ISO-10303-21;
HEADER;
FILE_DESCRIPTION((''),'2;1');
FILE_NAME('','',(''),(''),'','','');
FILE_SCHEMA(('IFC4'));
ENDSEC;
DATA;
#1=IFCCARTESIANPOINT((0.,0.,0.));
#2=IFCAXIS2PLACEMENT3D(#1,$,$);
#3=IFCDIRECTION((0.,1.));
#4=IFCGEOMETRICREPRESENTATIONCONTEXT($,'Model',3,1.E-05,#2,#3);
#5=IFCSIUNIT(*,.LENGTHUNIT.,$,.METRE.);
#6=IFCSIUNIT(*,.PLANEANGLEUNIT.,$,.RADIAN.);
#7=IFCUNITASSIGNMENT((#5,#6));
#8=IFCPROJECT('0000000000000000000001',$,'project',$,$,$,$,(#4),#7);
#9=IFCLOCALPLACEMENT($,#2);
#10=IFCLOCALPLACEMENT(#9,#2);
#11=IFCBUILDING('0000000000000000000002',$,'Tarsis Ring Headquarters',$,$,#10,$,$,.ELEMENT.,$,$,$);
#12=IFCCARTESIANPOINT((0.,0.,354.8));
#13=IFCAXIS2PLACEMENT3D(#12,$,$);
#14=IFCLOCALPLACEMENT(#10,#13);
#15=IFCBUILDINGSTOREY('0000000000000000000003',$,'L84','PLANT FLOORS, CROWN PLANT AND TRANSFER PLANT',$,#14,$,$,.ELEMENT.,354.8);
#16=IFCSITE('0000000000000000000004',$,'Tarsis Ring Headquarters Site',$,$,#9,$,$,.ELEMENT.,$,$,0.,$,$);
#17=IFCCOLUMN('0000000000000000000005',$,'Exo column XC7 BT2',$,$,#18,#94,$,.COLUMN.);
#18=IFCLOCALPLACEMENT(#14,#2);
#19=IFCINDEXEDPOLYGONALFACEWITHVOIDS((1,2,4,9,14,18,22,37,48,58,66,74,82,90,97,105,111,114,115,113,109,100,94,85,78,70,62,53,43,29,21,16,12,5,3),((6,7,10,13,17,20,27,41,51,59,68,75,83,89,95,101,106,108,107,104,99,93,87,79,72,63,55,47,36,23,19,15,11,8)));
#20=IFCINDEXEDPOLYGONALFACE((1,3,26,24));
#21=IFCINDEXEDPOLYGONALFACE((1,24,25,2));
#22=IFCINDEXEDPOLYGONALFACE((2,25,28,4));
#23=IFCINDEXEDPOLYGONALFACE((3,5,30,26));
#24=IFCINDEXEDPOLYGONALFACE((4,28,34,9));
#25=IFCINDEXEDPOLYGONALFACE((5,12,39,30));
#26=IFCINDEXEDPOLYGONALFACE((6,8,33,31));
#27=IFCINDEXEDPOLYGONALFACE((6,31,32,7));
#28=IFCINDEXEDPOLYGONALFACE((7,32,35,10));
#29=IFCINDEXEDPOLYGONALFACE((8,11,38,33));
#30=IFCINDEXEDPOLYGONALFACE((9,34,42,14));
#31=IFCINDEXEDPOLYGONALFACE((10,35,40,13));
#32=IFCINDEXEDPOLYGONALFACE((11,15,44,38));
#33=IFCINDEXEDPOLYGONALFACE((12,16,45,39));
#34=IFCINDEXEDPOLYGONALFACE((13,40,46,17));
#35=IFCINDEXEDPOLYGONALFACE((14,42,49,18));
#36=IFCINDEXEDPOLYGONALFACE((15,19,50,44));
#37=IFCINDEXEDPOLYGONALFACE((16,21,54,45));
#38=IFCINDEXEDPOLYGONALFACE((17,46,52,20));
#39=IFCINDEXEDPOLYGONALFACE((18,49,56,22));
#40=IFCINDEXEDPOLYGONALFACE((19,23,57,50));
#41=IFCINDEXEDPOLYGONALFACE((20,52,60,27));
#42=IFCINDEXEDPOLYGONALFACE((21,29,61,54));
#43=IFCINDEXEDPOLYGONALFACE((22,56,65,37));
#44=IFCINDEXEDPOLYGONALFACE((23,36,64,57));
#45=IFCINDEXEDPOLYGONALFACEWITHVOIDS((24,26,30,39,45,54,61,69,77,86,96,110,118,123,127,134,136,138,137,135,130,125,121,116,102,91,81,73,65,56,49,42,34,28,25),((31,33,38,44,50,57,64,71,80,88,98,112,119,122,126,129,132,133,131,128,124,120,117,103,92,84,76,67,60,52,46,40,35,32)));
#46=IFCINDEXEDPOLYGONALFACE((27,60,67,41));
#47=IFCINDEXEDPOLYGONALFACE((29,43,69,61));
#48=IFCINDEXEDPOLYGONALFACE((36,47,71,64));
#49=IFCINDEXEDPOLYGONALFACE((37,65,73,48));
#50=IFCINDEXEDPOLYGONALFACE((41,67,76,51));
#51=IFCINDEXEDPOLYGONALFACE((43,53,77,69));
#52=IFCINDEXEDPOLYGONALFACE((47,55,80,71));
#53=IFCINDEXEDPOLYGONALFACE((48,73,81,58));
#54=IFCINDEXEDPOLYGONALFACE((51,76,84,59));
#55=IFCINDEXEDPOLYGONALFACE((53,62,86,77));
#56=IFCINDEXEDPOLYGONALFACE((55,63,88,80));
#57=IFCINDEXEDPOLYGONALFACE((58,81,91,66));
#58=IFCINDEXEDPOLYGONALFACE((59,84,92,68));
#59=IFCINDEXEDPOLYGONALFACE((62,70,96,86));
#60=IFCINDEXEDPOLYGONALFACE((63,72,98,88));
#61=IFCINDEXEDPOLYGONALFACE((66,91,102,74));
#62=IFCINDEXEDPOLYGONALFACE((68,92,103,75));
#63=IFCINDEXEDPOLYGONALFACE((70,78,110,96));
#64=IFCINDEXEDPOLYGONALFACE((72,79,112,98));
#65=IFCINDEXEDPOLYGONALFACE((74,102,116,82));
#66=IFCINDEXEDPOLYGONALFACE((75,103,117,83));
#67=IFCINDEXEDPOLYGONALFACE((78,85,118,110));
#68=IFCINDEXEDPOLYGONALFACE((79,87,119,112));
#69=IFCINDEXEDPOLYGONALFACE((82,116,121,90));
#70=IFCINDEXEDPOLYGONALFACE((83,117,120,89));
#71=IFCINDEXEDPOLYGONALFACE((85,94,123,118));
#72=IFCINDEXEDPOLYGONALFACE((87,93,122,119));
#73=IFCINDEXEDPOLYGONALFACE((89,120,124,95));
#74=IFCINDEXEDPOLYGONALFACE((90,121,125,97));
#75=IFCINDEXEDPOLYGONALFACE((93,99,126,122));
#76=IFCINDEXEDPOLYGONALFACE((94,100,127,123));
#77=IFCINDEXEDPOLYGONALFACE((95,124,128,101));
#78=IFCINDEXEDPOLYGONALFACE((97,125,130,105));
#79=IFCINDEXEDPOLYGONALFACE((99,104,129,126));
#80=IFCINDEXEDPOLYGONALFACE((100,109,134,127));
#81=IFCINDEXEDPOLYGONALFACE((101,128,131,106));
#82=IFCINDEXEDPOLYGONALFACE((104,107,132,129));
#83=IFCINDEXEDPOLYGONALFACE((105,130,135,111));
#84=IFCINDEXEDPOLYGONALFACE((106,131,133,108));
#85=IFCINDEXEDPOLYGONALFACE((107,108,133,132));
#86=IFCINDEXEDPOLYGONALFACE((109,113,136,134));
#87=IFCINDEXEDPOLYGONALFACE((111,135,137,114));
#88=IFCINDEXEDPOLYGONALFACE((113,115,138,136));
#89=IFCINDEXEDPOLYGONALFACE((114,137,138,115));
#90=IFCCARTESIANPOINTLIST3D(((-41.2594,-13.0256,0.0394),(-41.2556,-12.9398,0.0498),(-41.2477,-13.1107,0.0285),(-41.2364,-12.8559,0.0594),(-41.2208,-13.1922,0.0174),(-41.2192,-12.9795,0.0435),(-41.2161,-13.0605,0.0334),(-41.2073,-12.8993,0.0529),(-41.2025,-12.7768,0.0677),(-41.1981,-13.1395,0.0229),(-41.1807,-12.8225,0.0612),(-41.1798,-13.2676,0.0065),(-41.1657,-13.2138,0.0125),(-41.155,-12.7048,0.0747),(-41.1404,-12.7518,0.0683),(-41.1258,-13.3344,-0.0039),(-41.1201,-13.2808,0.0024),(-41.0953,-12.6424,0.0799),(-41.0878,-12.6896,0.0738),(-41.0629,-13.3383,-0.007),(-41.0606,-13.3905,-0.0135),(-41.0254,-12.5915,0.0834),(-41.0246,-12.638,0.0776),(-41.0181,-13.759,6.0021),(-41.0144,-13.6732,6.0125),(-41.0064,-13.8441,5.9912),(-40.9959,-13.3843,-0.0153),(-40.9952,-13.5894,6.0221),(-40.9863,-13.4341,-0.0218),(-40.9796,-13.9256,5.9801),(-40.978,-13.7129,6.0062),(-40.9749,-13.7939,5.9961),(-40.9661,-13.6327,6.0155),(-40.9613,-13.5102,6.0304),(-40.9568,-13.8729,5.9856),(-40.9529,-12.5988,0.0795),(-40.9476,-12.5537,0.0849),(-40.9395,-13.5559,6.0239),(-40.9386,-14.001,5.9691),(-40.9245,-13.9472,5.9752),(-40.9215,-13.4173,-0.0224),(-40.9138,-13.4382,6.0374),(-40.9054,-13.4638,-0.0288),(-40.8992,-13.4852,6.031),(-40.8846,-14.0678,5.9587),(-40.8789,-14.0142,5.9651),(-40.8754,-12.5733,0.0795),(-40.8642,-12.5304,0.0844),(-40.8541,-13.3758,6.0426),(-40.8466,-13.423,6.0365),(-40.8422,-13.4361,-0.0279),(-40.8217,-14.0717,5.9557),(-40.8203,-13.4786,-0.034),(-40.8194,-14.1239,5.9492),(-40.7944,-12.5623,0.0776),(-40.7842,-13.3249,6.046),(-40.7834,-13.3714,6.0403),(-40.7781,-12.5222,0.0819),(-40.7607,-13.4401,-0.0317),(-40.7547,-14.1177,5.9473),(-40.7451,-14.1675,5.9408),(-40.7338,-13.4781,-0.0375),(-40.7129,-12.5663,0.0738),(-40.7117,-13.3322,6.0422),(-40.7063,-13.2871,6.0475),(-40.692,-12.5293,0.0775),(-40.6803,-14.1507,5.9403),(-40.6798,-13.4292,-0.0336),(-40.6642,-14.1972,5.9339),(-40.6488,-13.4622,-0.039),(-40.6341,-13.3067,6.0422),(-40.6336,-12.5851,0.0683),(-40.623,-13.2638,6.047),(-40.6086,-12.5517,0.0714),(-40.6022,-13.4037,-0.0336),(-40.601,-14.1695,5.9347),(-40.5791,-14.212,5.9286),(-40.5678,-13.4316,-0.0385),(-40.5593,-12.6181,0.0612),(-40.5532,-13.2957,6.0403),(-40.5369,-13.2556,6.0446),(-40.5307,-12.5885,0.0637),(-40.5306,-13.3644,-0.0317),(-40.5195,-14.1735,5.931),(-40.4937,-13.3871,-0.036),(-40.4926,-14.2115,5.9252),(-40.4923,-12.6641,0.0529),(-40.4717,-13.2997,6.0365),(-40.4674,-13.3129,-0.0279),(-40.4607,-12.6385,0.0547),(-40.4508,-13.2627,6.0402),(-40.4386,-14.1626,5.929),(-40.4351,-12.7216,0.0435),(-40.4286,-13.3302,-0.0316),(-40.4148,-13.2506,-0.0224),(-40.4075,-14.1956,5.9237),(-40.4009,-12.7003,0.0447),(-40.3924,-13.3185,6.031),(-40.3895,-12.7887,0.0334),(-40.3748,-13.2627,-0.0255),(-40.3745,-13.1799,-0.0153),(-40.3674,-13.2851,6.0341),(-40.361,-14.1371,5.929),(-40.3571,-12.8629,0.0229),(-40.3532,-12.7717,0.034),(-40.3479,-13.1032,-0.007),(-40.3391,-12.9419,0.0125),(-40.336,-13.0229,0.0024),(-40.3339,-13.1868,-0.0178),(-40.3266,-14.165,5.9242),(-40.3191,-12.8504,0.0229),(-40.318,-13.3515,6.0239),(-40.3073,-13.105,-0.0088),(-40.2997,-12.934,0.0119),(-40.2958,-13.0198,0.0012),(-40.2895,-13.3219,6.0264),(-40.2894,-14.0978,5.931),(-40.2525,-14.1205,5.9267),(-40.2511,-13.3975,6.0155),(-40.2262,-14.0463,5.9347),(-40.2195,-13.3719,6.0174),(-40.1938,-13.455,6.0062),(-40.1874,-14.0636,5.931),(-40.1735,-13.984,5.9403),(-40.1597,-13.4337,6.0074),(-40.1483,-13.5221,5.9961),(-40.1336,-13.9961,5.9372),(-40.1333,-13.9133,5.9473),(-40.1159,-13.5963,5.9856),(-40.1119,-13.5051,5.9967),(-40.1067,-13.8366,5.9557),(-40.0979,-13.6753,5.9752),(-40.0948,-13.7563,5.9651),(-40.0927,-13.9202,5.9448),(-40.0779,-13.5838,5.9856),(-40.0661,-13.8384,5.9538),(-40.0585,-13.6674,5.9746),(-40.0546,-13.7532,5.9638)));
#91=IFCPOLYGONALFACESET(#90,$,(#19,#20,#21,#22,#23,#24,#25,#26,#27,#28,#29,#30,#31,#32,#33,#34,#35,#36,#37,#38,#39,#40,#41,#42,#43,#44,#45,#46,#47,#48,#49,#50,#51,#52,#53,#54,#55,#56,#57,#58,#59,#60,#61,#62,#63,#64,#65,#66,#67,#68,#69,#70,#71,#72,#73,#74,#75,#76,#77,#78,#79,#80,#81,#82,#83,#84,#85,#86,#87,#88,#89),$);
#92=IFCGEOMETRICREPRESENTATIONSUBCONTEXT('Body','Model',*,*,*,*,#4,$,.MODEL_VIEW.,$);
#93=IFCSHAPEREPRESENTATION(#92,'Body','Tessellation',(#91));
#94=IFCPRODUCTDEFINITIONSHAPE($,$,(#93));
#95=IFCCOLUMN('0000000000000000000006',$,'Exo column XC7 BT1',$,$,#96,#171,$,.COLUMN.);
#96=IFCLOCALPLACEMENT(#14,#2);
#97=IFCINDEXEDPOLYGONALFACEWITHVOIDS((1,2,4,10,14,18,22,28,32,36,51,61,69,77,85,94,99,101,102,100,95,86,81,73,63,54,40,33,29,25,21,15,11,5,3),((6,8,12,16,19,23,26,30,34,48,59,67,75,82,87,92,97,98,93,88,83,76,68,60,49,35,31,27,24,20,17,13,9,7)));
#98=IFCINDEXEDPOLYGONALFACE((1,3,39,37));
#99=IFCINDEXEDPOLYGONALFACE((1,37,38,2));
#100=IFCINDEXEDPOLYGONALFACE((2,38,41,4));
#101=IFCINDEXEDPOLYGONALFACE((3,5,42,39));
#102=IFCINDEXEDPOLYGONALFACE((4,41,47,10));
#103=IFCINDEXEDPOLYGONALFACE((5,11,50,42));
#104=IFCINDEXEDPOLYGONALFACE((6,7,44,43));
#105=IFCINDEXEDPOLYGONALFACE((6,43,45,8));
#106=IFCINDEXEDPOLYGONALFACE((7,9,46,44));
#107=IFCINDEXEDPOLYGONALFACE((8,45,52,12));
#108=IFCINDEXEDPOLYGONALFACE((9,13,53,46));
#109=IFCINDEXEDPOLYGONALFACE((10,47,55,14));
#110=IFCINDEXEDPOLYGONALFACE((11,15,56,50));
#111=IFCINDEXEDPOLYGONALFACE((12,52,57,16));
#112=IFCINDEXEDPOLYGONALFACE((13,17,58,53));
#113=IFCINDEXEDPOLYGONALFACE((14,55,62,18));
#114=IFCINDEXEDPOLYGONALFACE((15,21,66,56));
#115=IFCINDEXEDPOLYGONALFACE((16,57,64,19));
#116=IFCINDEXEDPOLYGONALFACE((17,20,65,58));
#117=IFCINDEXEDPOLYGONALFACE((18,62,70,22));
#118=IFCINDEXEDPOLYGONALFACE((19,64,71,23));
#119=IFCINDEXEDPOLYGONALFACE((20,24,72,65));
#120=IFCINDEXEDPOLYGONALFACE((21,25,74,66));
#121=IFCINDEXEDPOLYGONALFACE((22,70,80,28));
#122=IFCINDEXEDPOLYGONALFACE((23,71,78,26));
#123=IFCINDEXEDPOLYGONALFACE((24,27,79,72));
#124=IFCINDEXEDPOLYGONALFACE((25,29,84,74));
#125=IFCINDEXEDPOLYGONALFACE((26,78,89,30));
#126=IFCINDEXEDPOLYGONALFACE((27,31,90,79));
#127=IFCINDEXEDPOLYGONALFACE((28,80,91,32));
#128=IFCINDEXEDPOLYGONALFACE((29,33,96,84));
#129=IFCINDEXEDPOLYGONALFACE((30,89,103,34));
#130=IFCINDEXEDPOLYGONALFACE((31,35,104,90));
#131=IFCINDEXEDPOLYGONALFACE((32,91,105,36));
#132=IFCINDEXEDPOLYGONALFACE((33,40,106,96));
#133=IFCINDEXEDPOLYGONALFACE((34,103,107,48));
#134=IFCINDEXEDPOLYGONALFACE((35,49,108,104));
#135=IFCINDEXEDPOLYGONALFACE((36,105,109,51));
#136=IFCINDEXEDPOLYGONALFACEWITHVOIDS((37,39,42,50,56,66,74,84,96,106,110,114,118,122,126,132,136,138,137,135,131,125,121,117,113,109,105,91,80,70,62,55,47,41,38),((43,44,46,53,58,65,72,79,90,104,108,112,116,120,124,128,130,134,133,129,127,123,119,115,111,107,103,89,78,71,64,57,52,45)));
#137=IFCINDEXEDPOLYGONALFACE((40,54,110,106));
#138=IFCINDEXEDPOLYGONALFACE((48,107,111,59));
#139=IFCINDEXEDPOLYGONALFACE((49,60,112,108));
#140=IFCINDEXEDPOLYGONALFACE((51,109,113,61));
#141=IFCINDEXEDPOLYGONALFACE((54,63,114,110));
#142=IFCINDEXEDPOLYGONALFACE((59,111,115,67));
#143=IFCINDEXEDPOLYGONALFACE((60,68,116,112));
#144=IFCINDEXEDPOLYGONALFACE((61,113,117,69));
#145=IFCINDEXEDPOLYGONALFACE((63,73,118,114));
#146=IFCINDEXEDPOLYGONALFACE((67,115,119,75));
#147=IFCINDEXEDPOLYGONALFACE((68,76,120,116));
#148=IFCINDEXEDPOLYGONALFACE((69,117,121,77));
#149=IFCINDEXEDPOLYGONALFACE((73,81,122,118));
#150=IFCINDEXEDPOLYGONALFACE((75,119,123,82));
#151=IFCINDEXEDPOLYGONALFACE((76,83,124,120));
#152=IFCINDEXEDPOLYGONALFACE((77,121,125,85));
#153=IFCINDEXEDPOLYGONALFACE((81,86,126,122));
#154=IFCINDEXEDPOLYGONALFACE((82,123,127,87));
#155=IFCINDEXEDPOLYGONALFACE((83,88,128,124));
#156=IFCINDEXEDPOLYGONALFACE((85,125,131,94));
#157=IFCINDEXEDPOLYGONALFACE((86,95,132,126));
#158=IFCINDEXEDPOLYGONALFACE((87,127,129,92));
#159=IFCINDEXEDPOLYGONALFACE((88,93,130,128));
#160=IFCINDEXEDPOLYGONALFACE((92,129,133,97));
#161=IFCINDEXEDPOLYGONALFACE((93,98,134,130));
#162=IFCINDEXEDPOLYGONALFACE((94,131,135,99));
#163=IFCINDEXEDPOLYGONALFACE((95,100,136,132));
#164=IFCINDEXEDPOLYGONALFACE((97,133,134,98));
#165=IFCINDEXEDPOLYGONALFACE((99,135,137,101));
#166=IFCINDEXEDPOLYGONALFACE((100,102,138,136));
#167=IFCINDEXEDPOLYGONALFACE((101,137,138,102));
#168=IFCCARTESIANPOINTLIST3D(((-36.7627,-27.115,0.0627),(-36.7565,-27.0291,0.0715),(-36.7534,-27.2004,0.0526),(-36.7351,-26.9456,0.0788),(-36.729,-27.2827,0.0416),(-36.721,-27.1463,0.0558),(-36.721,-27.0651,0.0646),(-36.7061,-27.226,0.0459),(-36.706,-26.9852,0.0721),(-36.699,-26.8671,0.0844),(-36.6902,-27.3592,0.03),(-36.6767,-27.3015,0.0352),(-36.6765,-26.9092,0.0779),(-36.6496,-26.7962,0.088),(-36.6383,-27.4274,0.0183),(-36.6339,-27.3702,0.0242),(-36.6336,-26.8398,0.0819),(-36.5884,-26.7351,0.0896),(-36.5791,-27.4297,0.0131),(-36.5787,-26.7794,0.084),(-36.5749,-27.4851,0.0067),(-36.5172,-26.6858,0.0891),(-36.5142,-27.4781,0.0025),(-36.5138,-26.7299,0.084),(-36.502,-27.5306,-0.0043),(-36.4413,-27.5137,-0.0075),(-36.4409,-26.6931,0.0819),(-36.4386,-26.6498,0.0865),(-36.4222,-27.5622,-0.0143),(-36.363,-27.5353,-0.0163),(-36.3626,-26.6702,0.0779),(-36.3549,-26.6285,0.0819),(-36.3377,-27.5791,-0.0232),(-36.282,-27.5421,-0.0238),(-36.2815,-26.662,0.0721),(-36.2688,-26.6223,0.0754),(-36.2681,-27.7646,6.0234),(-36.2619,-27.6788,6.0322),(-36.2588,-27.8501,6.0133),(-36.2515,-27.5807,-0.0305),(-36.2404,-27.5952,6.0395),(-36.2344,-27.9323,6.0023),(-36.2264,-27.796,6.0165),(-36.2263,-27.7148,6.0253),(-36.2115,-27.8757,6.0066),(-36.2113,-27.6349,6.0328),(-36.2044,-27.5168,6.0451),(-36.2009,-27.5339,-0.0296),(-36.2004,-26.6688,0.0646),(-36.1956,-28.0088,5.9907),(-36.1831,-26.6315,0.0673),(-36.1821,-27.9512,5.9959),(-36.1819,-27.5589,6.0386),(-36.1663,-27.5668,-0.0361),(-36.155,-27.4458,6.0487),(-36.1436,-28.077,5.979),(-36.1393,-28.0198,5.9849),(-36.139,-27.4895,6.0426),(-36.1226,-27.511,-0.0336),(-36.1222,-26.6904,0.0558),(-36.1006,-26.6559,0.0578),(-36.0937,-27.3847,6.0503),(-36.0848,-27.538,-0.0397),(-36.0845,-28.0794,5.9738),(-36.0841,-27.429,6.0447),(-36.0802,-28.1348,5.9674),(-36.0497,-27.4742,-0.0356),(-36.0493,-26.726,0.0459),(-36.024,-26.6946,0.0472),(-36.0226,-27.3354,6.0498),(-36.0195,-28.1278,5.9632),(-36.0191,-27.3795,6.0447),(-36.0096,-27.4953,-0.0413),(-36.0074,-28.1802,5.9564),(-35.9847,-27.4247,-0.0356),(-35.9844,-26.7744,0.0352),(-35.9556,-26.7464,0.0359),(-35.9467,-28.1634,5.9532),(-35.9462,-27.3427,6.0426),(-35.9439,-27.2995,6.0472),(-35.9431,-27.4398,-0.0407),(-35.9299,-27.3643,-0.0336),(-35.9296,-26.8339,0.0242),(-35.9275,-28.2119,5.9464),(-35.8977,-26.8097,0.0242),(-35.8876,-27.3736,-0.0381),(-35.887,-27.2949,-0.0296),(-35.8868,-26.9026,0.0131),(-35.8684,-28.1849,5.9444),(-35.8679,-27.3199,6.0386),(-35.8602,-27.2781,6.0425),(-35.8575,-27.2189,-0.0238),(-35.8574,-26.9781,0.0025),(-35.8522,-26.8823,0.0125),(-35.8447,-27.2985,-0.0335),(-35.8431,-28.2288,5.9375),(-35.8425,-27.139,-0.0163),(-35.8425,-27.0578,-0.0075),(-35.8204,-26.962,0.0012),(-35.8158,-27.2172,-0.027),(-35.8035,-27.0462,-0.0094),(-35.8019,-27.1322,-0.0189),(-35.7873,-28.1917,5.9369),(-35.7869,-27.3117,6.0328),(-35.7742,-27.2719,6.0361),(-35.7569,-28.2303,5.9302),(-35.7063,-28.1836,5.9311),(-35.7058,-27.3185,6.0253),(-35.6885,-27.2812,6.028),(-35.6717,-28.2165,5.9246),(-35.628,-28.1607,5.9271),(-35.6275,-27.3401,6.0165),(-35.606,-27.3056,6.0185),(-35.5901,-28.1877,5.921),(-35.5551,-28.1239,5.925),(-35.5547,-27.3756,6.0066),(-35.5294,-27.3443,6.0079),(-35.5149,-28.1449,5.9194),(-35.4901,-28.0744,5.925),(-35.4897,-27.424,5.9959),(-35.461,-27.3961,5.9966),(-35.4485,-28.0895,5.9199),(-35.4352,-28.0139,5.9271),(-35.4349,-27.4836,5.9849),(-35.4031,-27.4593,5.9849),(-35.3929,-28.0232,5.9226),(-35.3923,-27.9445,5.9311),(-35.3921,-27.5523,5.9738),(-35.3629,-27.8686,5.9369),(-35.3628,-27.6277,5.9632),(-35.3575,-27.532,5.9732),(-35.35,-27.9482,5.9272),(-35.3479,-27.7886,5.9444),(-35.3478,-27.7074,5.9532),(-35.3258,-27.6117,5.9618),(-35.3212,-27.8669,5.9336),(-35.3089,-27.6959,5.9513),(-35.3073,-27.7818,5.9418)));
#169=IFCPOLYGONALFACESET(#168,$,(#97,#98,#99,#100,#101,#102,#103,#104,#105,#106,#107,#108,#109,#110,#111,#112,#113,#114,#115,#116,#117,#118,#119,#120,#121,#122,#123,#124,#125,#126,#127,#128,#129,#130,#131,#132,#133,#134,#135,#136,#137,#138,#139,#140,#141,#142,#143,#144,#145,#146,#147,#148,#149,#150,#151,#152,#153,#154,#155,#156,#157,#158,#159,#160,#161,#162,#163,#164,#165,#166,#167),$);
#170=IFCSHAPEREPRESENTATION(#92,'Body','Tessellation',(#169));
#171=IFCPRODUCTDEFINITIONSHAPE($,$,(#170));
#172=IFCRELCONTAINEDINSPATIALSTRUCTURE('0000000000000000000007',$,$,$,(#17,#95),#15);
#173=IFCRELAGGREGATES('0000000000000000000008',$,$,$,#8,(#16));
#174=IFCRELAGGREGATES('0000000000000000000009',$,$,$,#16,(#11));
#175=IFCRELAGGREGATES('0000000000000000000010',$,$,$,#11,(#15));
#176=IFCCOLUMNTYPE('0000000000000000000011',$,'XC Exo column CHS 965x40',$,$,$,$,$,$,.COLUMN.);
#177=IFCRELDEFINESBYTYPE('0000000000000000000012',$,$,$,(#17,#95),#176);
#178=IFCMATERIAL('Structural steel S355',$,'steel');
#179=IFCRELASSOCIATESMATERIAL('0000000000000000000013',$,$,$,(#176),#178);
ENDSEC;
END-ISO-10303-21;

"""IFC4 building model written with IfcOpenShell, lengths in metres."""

from ifc_helpers import new_model, si_unit, direction, frame, origin, origin_2d, place, context, subcontext, project, spatial, hollow_circle, extrude, material, material_profile, profile_set, type_object, element, save


model = new_model("IFC4")

# Units and contexts
model_context = context("Model", 3, precision=1e-05, world=origin(), true_north=direction((0.0, 1.0)))
body_context = subcontext(model_context, "Body", "Model", "MODEL_VIEW")
ifc_project = project(units=[si_unit("LENGTHUNIT", "METRE"), si_unit("PLANEANGLEUNIT", "RADIAN")], contexts=[model_context])

# Site, building, storey
site_placement = place(None, origin())
site = spatial("IfcSite", under=ifc_project, at=site_placement, Name="Tarsis Ring Headquarters Site", CompositionType="ELEMENT", RefElevation=0.0)
building_placement = place(site_placement, origin())
building = spatial("IfcBuilding", under=site, at=building_placement, Name="Tarsis Ring Headquarters", CompositionType="ELEMENT")
storey_placement = place(building_placement, frame((0.0, 0.0, 354.8)))
storey = spatial("IfcBuildingStorey", under=building, at=storey_placement, Name="L84", Description="PLANT FLOORS, CROWN PLANT AND TRANSFER PLANT", CompositionType="ELEMENT", Elevation=354.8)

# Columns
ifc_material_1 = material(Name="Structural steel S355", Category="steel")
ifc_material_profile_1 = material_profile(ifc_material_1, hollow_circle(Radius=0.4827, WallThickness=0.04, at=origin_2d()), Name="CHS 965x40")
ifc_profile_set_1 = profile_set([ifc_material_profile_1], Name="Structural steel S355")
column_type = type_object("IfcColumnType", Name="XC Exo column CHS 965x40", PredefinedType="COLUMN", material=ifc_profile_set_1)
column_1_placement = place(storey_placement, frame((-40.7776, -13.0012, 0.0229), z_axis=(0.040119, -0.121981, 0.991721), x_axis=(0.949941, 0.312431, 0.0)))
element("IfcColumn", 1, at=column_1_placement, inside=storey, type_object=column_type, Name="Exo column XC7 BT2", PredefinedType="COLUMN", context=body_context, shape_type="SweptSolid", body=[
    extrude(hollow_circle(Radius=0.4827, WallThickness=0.04, at=origin_2d()), origin(), (0.0, 0.0, 1.0), 6.0125),
])
column_2_placement = place(storey_placement, frame((-36.2817, -27.1021, 0.0242), z_axis=(0.082214, -0.107982, 0.990748), x_axis=(0.795638, 0.605773, 0.0)))
element("IfcColumn", 2, at=column_2_placement, inside=storey, type_object=column_type, Name="Exo column XC7 BT1", PredefinedType="COLUMN", context=body_context, shape_type="SweptSolid", body=[
    extrude(hollow_circle(Radius=0.4827, WallThickness=0.04, at=origin_2d()), origin(), (0.0, 0.0, 1.0), 6.0164),
])

save(model, "model.ifc")
